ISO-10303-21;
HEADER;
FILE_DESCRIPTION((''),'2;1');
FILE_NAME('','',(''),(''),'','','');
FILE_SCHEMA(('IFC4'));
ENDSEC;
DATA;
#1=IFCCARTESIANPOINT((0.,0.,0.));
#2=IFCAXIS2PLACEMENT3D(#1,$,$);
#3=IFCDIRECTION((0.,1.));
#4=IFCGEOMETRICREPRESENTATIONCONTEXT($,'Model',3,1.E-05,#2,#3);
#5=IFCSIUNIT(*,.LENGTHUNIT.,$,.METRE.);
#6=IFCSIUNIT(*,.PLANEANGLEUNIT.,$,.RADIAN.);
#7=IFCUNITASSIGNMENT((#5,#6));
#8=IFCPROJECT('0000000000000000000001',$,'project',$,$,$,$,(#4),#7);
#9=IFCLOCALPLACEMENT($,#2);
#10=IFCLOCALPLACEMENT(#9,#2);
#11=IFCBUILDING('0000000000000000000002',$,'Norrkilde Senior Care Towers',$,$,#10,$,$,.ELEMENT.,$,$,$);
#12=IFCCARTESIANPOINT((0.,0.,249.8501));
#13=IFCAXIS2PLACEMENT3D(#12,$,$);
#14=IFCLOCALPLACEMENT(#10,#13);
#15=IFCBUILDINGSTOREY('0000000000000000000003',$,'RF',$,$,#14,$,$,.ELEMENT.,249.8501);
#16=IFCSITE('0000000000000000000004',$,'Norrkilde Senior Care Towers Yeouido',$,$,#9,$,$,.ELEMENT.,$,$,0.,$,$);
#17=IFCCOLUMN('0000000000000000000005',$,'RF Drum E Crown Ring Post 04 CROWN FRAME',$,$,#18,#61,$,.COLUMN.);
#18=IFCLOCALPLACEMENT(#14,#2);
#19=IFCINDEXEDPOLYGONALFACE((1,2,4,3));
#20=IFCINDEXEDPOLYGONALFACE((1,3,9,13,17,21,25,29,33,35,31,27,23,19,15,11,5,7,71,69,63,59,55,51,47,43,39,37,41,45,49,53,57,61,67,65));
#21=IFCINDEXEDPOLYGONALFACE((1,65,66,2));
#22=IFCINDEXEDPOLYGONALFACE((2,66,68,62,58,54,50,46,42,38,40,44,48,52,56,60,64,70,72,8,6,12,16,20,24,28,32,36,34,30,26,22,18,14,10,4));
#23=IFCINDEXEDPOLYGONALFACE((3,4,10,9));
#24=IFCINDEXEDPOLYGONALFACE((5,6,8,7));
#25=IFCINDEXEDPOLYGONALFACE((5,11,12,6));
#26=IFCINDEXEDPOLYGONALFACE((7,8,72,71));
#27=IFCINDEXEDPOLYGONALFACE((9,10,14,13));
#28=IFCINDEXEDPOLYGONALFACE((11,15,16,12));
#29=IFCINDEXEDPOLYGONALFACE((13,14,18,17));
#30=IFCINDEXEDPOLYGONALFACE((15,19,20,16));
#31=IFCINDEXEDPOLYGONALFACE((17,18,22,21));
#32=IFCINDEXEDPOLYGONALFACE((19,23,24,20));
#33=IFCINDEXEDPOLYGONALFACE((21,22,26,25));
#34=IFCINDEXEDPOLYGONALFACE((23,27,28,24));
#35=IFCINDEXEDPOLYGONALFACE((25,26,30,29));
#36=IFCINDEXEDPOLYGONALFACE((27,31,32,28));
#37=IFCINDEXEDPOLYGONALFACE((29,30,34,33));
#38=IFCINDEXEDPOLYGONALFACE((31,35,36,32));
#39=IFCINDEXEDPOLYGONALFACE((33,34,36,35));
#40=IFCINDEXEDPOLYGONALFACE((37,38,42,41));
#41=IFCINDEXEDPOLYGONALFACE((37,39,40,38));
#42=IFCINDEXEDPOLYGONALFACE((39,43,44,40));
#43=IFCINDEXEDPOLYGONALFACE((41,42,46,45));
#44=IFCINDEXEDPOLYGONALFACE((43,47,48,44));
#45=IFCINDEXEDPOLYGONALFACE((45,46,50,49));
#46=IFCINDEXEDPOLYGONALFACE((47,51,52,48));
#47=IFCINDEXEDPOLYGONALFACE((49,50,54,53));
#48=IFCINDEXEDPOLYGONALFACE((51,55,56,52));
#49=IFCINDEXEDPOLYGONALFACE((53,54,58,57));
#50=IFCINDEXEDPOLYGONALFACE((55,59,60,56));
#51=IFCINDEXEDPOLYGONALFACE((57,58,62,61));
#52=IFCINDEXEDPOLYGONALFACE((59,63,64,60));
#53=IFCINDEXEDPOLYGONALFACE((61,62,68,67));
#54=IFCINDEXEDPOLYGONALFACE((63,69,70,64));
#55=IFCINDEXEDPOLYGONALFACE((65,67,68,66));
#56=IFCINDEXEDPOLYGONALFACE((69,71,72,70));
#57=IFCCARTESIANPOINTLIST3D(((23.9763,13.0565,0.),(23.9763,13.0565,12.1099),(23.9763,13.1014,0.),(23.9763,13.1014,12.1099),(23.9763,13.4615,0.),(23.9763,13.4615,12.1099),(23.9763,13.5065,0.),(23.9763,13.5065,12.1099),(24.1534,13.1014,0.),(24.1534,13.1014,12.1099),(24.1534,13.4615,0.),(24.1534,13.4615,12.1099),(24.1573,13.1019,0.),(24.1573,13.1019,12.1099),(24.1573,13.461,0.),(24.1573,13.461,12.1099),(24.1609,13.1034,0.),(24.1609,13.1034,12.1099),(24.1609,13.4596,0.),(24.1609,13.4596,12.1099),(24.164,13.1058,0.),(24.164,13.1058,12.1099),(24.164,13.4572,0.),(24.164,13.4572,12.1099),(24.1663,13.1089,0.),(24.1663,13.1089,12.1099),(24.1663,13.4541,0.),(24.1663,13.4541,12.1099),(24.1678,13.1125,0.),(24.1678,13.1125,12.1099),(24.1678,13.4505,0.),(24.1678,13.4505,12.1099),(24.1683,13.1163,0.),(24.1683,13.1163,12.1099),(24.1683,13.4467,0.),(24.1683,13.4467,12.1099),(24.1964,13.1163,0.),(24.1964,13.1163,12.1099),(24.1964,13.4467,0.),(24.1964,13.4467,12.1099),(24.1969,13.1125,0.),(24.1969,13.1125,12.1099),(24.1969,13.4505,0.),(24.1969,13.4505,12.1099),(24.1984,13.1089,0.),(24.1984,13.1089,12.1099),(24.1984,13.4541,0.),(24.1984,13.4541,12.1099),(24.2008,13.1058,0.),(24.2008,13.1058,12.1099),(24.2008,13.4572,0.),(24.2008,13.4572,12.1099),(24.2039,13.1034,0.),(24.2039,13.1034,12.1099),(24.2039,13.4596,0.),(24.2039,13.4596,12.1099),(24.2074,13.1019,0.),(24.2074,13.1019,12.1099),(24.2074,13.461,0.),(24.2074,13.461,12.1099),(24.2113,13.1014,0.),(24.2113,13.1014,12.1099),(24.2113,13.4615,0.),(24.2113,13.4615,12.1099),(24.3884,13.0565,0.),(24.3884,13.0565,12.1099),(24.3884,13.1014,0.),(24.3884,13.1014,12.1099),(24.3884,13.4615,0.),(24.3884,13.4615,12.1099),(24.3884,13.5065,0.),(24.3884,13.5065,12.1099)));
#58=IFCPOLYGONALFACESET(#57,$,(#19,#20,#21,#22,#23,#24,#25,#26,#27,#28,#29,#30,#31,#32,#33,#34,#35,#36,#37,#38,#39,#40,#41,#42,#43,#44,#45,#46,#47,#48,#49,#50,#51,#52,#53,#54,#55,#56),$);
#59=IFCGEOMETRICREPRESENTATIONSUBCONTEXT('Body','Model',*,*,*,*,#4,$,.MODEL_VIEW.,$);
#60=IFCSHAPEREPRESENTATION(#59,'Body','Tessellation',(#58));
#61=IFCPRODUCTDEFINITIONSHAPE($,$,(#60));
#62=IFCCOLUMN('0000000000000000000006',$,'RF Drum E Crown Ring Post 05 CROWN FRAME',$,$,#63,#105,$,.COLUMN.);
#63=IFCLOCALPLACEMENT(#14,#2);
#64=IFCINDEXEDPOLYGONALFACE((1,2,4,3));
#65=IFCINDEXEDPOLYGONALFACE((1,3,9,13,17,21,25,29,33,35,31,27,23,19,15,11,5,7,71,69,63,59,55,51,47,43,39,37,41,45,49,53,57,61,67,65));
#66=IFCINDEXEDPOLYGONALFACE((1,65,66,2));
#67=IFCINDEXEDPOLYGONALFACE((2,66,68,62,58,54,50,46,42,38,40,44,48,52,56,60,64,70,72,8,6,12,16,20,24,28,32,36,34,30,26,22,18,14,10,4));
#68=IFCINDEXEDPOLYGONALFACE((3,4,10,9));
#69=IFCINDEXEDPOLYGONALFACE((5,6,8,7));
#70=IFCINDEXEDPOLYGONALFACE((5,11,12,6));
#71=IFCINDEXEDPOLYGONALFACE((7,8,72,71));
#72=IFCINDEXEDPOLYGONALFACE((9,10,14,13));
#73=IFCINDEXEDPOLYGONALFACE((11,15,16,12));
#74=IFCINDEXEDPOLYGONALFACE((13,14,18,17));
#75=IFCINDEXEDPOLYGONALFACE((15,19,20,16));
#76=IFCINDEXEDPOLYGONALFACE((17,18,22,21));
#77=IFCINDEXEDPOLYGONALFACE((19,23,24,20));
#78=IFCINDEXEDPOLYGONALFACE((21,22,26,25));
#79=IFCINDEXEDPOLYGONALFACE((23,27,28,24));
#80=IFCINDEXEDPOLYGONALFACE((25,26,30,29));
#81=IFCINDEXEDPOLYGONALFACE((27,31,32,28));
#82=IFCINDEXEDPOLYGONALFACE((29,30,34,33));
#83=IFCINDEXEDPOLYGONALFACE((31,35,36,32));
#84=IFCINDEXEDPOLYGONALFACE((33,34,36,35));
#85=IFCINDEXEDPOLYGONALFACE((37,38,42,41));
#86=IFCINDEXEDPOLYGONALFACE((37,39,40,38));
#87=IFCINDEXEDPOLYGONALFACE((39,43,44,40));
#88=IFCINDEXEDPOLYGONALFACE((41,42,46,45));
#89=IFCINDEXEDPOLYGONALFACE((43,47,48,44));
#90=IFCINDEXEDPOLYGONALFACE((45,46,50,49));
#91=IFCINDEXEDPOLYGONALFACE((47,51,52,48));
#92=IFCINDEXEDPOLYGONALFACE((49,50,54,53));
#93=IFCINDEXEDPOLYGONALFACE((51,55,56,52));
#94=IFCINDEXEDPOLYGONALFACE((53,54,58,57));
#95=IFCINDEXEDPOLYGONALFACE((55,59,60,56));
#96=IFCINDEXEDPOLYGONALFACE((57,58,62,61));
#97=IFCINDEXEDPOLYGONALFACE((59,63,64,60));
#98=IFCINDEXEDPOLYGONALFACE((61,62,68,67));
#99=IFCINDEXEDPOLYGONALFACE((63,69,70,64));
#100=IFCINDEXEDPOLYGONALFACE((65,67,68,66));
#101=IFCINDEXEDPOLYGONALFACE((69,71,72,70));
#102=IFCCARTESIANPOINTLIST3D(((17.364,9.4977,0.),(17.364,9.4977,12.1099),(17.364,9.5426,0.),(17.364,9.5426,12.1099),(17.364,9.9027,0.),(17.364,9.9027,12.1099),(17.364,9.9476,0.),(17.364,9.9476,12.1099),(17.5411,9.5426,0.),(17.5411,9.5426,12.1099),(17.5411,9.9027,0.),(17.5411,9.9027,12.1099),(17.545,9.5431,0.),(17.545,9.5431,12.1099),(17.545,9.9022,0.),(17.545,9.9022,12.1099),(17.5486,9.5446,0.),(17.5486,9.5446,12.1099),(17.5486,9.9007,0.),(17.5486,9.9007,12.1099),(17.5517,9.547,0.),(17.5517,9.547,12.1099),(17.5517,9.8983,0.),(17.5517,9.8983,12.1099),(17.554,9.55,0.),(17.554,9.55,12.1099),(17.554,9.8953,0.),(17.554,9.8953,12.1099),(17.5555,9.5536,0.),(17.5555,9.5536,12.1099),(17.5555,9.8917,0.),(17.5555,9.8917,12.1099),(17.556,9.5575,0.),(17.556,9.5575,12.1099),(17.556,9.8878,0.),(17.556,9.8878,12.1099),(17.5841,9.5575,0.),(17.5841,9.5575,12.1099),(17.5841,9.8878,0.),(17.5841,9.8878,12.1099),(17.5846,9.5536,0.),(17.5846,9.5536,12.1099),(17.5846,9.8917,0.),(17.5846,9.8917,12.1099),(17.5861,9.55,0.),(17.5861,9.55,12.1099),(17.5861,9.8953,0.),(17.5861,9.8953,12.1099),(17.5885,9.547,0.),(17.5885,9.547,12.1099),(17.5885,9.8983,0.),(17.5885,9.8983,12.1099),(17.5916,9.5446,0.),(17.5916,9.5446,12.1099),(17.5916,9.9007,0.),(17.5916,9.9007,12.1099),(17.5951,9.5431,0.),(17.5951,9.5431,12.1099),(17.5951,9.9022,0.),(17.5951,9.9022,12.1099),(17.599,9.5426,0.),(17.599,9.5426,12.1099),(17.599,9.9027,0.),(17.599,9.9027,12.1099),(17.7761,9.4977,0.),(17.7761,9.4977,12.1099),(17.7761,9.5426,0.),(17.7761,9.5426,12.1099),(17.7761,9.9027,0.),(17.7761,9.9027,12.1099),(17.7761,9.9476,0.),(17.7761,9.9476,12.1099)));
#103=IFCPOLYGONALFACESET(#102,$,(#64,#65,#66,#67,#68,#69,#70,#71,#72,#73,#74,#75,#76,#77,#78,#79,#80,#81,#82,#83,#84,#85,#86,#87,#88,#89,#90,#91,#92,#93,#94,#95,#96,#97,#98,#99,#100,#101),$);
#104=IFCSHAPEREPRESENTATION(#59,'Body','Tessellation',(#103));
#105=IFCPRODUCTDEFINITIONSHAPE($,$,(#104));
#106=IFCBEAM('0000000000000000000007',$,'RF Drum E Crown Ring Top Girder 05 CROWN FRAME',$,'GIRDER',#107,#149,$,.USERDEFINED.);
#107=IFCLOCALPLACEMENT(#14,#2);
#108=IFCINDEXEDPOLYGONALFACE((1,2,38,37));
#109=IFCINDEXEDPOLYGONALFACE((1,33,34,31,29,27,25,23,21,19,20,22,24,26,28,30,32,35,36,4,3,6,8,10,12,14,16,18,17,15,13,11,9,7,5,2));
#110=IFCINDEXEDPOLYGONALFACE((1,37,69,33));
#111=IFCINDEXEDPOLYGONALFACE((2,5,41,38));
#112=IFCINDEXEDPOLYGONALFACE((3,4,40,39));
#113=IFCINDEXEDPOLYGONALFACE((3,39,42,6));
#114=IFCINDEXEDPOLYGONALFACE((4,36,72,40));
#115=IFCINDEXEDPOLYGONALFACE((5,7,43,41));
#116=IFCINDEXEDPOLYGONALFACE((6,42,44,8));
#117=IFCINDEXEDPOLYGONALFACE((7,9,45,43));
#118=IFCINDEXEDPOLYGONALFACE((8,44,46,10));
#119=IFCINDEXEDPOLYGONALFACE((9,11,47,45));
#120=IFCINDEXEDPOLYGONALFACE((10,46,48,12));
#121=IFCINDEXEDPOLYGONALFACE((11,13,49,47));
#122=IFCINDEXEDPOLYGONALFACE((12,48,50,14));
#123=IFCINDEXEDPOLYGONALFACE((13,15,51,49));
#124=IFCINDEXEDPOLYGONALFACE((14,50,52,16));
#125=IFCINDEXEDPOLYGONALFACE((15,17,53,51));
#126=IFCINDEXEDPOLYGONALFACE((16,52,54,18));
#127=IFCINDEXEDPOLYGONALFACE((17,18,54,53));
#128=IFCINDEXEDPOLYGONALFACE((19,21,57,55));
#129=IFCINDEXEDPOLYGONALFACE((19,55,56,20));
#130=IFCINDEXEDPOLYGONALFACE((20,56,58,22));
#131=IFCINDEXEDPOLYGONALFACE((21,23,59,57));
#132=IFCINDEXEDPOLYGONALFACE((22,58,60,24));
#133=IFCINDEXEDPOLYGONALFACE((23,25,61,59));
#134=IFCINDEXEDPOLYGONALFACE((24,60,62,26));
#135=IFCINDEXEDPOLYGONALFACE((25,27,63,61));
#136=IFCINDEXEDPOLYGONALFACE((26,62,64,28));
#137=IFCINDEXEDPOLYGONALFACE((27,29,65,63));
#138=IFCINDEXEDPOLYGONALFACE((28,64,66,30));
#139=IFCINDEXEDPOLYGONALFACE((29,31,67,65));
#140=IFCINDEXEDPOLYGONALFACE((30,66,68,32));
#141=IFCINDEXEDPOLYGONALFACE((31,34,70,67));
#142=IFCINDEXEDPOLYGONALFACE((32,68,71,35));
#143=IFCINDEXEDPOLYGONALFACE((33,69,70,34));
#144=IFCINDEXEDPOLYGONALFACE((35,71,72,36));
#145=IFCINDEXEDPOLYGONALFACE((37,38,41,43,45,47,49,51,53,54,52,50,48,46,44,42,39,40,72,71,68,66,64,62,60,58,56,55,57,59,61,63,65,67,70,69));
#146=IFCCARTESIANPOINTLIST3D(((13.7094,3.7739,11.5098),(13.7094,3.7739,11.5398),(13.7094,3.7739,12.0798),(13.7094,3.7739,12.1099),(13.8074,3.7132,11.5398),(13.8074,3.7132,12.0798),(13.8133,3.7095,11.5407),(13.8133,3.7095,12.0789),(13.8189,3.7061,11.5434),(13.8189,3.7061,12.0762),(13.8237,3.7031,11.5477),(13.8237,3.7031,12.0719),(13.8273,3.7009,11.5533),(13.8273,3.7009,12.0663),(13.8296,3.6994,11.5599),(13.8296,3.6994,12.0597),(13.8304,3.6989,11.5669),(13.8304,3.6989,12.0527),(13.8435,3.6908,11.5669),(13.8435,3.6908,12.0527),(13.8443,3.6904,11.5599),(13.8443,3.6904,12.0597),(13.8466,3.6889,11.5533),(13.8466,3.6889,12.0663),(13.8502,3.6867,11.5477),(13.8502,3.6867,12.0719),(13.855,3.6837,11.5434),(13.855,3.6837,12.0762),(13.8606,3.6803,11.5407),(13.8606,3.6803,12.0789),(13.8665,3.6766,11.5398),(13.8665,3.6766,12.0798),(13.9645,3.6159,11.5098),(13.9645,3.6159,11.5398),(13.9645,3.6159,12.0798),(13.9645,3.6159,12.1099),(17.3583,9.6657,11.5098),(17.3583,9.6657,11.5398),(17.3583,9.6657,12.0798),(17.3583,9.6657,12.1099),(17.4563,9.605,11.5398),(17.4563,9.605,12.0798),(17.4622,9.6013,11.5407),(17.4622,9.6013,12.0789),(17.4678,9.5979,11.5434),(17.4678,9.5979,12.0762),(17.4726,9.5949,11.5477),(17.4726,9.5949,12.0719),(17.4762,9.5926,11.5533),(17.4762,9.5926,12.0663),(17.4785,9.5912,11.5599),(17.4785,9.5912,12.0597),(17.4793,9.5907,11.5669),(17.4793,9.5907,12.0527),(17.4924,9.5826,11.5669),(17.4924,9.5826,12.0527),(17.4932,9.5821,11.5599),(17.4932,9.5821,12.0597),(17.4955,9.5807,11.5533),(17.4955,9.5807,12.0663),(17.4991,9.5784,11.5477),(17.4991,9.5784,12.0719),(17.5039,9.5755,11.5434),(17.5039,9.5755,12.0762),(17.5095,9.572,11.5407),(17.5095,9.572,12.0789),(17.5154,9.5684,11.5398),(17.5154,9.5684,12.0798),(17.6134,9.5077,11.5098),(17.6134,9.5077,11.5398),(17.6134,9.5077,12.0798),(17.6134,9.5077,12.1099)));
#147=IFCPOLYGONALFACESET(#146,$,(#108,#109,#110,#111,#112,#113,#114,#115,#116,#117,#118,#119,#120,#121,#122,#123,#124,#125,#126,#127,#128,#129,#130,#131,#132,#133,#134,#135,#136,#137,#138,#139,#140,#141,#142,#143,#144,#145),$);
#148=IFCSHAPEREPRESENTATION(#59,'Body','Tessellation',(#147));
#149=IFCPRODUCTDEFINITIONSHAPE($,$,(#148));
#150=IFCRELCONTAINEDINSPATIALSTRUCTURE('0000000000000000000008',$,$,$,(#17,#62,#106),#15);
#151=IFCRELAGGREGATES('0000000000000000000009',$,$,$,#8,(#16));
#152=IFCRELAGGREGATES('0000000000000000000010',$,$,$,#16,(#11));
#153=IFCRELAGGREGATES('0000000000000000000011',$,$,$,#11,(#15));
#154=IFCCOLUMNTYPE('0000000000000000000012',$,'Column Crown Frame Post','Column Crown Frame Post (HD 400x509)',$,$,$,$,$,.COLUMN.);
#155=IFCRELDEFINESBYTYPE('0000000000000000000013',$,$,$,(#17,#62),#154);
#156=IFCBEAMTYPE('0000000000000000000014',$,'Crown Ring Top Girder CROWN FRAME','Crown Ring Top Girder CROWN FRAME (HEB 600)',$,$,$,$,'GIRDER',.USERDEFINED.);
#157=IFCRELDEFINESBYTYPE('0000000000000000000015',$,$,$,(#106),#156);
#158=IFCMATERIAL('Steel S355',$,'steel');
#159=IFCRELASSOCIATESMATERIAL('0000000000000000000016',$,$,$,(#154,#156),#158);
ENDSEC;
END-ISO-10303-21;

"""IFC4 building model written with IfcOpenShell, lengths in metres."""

from ifc_helpers import new_model, si_unit, direction, frame, origin, origin_2d, place, context, subcontext, project, spatial, i_section, extrude, source, transform, mapped, material, material_profile, profile_set, type_object, type_shapes, element, save


model = new_model("IFC4")

# Units and contexts
model_context = context("Model", 3, precision=1e-05, world=origin(), true_north=direction((0.0, 1.0)))
body_context = subcontext(model_context, "Body", "Model", "MODEL_VIEW")
ifc_project = project(units=[si_unit("LENGTHUNIT", "METRE"), si_unit("PLANEANGLEUNIT", "RADIAN")], contexts=[model_context])

# Site, building, storey
site_placement = place(None, origin())
site = spatial("IfcSite", under=ifc_project, at=site_placement, Name="Norrkilde Senior Care Towers Yeouido", CompositionType="ELEMENT", RefElevation=0.0)
building_placement = place(site_placement, origin())
building = spatial("IfcBuilding", under=site, at=building_placement, Name="Norrkilde Senior Care Towers", CompositionType="ELEMENT")
storey_placement = place(building_placement, frame((0.0, 0.0, 249.8501)))
storey = spatial("IfcBuildingStorey", under=building, at=storey_placement, Name="RF", CompositionType="ELEMENT", Elevation=249.8501)

# Columns
ifc_material_1 = material(Name="Steel S355", Category="steel")
ifc_material_profile_1 = material_profile(ifc_material_1, i_section(OverallWidth=0.4121, OverallDepth=0.45, WebThickness=0.0281, FlangeThickness=0.0449, FilletRadius=0.0149, at=origin_2d()), Name="HD 400x509")
ifc_profile_set_1 = profile_set([ifc_material_profile_1], Name="Steel S355")
column_type = type_object("IfcColumnType", Name="Column Crown Frame Post", Description="Column Crown Frame Post (HD 400x509)", PredefinedType="COLUMN", material=ifc_profile_set_1)
shared_shape_1 = source(origin(), body_context, "Body", "SweptSolid", [
    extrude(i_section(OverallWidth=0.4121, OverallDepth=0.45, WebThickness=0.0281, FlangeThickness=0.0449, FilletRadius=0.0149, at=origin_2d()), origin(), (0.0, 0.0, 1.0), 12.1099),
])
type_shapes(column_type, [shared_shape_1])
for number, where, z_axis, x_axis, name in (
    (1, (24.1824, 13.2815, 0.0), (0.0, 0.0, 1.0), (1.0, 0.0, 0.0), "RF Drum E Crown Ring Post 04 CROWN FRAME"),
    (2, (17.5701, 9.7227, 0.0), (0.0, 0.0, 1.0), (1.0, 0.0, 0.0), "RF Drum E Crown Ring Post 05 CROWN FRAME"),
):
    element("IfcColumn", number, at=place(storey_placement, frame(where, z_axis=z_axis, x_axis=x_axis)), inside=storey, type_object=column_type, Name=name, PredefinedType="COLUMN", context=body_context, shape_type="MappedRepresentation", body=[
        mapped(shared_shape_1, transform((0.0, 0.0, 0.0), x_axis=(1.0, 0.0, 0.0), y_axis=(0.0, 1.0, 0.0), z_axis=(0.0, 0.0, 1.0), scale=1.0)),
    ])

# Beam
ifc_material_profile_2 = material_profile(ifc_material_1, i_section(OverallWidth=0.3, OverallDepth=0.6001, WebThickness=0.0154, FlangeThickness=0.03, FilletRadius=0.0271, at=origin_2d()), Name="HEB 600")
ifc_profile_set_2 = profile_set([ifc_material_profile_2], Name="Steel S355")
beam_type_1 = type_object("IfcBeamType", Name="Crown Ring Top Girder CROWN FRAME", Description="Crown Ring Top Girder CROWN FRAME (HEB 600)", ElementType="GIRDER", PredefinedType="USERDEFINED", material=ifc_profile_set_2)
shared_shape_2 = source(origin(), body_context, "Body", "SweptSolid", [
    extrude(i_section(OverallWidth=0.3, OverallDepth=0.6001, WebThickness=0.0154, FlangeThickness=0.03, FilletRadius=0.0271, at=origin_2d()), origin(), (0.0, 0.0, 1.0), 6.9302),
])
beam_1_placement = place(storey_placement, frame((17.4858, 9.5867, 11.8098), z_axis=(-0.526521, -0.850162, 0.0), x_axis=(0.850162, -0.526521, 0.0)))
element("IfcBeam", 3, at=beam_1_placement, inside=storey, type_object=beam_type_1, Name="RF Drum E Crown Ring Top Girder 05 CROWN FRAME", ObjectType="GIRDER", PredefinedType="USERDEFINED", context=body_context, shape_type="MappedRepresentation", body=[
    mapped(shared_shape_2, transform((0.0, 0.0, 0.0), x_axis=(1.0, 0.0, 0.0), y_axis=(0.0, 1.0, 0.0), z_axis=(0.0, 0.0, 1.0), scale=1.0)),
])

save(model, "model.ifc")
